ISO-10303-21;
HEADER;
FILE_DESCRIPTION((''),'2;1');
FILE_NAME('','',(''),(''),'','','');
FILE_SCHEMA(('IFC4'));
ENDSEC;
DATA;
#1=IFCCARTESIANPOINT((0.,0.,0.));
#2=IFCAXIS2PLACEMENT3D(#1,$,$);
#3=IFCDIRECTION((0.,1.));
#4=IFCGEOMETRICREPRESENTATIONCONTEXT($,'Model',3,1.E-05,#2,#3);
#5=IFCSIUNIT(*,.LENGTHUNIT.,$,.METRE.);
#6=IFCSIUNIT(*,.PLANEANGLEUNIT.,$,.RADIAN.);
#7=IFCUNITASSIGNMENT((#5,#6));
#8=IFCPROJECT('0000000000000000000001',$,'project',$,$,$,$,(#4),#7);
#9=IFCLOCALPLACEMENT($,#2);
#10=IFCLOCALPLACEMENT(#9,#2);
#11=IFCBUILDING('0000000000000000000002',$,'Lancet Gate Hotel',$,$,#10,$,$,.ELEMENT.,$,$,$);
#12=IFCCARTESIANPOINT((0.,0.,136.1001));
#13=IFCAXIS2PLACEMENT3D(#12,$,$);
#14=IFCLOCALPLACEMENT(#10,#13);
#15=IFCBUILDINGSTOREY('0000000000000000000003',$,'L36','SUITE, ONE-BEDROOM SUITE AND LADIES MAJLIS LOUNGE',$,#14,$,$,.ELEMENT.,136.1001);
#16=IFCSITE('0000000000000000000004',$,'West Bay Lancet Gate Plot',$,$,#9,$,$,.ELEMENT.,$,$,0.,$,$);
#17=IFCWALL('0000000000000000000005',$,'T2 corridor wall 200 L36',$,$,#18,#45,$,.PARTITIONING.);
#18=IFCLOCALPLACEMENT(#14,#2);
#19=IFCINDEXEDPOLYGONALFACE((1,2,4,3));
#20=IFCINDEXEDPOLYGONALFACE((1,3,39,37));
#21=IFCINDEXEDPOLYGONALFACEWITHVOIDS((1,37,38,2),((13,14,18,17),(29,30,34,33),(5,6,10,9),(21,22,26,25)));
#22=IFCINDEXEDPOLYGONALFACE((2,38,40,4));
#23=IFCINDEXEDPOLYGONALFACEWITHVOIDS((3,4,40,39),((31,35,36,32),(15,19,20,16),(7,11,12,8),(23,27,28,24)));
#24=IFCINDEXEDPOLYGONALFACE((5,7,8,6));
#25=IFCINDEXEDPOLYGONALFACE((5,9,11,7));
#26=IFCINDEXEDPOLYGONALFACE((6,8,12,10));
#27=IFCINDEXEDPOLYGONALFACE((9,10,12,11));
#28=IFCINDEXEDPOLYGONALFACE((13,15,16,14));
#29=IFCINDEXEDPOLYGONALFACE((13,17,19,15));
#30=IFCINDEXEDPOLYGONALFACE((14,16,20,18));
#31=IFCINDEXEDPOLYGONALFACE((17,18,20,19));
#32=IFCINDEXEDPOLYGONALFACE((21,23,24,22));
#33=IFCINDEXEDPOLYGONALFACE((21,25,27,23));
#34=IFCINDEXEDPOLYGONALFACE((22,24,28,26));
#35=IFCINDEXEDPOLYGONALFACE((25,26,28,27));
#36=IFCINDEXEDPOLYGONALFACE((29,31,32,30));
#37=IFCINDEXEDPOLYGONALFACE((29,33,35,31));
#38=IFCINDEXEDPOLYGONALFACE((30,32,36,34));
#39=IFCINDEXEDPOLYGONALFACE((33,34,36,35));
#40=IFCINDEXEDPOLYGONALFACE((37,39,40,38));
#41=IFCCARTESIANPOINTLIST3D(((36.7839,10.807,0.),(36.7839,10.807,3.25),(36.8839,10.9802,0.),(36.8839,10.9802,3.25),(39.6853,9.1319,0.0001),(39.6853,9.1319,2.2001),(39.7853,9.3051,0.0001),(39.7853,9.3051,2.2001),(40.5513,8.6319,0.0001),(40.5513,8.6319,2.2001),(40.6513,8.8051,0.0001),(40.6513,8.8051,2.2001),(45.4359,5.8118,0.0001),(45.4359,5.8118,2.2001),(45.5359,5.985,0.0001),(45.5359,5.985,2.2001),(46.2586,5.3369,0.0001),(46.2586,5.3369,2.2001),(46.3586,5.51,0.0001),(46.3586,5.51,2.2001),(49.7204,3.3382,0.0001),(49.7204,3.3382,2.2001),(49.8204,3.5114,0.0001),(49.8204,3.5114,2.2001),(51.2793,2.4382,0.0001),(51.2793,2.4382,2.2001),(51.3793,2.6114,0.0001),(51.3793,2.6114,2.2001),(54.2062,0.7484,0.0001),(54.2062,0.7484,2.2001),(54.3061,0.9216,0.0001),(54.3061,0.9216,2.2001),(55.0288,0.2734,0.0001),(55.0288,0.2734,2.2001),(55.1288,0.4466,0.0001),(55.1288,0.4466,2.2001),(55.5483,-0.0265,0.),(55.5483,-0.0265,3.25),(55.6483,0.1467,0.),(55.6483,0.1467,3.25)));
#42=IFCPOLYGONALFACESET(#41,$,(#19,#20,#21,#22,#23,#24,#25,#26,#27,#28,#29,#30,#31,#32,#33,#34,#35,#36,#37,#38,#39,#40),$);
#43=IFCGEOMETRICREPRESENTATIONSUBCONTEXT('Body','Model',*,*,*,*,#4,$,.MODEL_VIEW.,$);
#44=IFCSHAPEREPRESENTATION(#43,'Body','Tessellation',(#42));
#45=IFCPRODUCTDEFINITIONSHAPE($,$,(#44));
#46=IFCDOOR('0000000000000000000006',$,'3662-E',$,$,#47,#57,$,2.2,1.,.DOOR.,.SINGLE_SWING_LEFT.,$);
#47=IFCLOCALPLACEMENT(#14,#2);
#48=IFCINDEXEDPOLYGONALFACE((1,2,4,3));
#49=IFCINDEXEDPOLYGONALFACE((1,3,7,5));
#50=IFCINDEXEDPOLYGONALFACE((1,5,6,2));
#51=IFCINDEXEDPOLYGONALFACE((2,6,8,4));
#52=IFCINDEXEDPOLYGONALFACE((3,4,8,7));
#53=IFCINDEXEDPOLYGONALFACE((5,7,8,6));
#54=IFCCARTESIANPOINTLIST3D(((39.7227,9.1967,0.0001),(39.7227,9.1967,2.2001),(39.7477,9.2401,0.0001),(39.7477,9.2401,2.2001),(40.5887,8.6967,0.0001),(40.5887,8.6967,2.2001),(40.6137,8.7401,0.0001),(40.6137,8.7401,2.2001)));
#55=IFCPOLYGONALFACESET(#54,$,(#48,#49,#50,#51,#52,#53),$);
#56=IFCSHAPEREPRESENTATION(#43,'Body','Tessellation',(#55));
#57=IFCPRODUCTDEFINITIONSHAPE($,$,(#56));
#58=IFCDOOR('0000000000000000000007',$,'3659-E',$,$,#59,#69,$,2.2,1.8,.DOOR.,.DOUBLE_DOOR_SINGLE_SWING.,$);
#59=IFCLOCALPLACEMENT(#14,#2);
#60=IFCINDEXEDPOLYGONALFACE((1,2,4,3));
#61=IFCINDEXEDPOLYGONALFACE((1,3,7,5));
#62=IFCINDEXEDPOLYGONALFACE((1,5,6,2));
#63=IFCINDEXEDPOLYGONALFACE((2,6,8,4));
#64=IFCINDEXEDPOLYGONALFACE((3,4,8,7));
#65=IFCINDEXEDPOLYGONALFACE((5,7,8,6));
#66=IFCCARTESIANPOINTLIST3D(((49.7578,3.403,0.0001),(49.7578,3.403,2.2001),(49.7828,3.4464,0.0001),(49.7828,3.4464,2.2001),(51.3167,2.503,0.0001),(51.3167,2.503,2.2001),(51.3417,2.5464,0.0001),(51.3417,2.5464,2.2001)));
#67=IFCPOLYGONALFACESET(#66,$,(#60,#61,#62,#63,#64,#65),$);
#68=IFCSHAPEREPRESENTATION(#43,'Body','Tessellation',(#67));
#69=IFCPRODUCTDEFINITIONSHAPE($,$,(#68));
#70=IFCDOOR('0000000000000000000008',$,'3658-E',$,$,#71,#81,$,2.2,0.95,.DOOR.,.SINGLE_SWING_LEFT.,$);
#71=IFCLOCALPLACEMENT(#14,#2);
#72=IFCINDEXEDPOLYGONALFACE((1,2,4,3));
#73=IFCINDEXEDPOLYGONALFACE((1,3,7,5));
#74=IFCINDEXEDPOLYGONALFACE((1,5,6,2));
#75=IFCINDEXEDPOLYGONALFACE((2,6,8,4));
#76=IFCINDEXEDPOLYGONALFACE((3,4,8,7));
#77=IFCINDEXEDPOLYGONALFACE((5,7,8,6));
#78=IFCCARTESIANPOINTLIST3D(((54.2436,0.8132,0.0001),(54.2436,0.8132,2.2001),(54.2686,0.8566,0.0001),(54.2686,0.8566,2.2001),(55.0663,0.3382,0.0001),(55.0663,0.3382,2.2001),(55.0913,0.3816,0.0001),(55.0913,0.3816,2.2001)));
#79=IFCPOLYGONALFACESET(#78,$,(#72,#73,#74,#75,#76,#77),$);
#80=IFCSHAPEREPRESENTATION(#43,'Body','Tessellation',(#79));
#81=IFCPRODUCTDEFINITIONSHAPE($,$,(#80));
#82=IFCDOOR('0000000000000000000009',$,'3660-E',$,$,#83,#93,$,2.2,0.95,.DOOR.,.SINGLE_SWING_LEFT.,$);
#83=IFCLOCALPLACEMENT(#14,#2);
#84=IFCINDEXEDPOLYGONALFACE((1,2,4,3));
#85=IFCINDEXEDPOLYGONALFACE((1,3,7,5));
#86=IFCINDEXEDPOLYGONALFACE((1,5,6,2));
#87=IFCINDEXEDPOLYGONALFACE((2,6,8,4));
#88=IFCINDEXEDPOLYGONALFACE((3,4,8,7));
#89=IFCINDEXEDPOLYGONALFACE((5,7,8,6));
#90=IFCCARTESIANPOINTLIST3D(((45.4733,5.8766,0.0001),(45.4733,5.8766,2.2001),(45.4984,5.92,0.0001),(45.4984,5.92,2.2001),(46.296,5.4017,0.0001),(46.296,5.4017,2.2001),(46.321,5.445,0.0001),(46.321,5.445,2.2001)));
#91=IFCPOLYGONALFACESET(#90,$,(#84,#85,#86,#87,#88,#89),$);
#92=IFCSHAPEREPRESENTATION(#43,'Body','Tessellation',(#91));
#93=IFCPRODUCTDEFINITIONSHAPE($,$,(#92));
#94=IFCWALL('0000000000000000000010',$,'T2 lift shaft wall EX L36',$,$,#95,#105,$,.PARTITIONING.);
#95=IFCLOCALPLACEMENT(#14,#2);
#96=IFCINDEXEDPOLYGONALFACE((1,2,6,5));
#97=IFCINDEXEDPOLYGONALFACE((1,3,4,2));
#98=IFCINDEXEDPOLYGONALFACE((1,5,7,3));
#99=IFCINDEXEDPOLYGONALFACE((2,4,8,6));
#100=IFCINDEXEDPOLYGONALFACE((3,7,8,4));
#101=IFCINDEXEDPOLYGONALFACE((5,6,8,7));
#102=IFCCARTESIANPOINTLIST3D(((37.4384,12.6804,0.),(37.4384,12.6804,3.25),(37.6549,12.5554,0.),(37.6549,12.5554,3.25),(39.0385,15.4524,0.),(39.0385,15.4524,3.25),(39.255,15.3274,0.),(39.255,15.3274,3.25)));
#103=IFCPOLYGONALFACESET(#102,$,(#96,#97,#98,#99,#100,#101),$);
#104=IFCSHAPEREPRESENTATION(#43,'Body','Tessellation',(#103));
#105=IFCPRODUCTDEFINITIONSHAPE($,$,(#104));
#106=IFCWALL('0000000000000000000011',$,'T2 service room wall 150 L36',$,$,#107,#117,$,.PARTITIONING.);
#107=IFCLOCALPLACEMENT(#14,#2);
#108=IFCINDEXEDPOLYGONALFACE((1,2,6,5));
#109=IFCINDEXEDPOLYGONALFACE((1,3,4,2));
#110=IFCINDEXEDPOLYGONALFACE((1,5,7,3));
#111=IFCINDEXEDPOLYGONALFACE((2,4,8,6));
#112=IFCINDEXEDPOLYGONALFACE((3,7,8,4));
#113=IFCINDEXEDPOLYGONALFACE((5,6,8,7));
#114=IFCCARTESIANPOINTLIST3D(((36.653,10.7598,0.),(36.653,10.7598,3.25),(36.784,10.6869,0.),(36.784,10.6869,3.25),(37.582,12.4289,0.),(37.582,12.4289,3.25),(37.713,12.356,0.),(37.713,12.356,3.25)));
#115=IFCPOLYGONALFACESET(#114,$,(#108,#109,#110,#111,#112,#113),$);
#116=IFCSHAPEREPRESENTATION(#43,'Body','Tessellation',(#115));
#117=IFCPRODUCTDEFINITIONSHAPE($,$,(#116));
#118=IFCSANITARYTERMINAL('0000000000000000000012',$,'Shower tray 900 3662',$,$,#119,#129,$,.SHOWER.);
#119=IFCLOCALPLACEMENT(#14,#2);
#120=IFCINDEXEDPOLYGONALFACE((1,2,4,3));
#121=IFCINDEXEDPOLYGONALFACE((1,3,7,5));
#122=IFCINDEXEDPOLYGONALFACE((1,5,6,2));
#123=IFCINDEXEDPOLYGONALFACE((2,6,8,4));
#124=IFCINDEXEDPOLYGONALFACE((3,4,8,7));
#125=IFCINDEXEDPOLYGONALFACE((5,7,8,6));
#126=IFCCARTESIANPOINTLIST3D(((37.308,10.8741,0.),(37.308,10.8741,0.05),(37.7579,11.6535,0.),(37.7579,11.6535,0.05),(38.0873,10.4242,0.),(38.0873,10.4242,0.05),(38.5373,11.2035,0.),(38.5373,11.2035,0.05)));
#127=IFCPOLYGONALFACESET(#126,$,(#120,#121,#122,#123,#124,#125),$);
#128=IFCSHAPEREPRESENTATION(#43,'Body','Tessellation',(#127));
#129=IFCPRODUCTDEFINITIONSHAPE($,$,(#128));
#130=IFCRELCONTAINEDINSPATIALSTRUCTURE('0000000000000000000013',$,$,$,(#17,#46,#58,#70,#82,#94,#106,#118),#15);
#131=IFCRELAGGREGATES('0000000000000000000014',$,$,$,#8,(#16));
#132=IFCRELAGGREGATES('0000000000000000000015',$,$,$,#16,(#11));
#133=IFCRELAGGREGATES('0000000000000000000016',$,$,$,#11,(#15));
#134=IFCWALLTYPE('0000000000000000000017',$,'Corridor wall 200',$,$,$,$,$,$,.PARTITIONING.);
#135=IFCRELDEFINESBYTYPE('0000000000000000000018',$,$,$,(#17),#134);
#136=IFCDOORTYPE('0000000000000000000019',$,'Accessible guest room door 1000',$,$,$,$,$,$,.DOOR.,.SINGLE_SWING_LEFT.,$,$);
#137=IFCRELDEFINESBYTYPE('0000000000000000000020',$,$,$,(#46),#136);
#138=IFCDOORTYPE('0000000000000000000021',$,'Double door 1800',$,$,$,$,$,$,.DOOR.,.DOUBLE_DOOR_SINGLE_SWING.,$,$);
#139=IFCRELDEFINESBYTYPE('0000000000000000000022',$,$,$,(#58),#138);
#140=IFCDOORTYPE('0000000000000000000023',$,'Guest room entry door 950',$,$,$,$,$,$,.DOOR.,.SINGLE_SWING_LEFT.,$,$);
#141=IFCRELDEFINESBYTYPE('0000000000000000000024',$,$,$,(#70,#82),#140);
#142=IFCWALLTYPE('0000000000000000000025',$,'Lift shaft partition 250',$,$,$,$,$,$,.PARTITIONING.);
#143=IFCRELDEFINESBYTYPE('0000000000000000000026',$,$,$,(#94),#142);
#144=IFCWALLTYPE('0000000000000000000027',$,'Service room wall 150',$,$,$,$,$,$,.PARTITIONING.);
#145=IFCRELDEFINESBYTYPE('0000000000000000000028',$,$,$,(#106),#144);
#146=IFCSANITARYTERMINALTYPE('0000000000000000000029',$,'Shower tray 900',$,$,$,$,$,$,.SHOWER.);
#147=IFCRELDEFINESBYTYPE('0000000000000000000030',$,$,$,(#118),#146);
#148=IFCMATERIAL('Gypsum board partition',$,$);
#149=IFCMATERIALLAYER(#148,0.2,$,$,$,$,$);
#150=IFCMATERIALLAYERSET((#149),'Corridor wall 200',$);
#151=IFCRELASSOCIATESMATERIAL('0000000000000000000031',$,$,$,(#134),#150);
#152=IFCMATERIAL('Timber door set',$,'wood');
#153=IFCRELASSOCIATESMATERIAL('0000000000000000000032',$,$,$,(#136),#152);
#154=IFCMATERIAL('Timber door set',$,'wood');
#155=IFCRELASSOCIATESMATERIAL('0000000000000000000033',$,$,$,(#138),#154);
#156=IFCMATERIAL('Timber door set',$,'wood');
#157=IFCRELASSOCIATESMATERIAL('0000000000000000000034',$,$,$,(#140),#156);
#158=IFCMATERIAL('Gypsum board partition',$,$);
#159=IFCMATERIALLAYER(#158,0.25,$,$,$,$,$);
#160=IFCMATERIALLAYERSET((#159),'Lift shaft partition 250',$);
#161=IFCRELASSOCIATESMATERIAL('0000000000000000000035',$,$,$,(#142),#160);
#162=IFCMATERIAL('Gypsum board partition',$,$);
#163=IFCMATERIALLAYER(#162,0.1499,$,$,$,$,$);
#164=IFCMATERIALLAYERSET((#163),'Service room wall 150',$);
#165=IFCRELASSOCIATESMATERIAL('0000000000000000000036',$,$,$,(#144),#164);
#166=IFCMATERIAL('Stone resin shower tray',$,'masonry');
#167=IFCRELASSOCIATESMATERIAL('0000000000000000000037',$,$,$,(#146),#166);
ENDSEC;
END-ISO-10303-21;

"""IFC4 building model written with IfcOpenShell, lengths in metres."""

from ifc_helpers import new_model, si_unit, direction, frame, frame_2d, origin, origin_2d, place, context, subcontext, project, spatial, rectangle, extrude, material, layer, layer_set, type_object, element, fill, save


model = new_model("IFC4")

# Units and contexts
model_context = context("Model", 3, precision=1e-05, world=origin(), true_north=direction((0.0, 1.0)))
body_context = subcontext(model_context, "Body", "Model", "MODEL_VIEW")
ifc_project = project(units=[si_unit("LENGTHUNIT", "METRE"), si_unit("PLANEANGLEUNIT", "RADIAN")], contexts=[model_context])

# Site, building, storey
site_placement = place(None, origin())
site = spatial("IfcSite", under=ifc_project, at=site_placement, Name="West Bay Lancet Gate Plot", CompositionType="ELEMENT", RefElevation=0.0)
building_placement = place(site_placement, origin())
building = spatial("IfcBuilding", under=site, at=building_placement, Name="Lancet Gate Hotel", CompositionType="ELEMENT")
storey_placement = place(building_placement, frame((0.0, 0.0, 136.1001)))
storey = spatial("IfcBuildingStorey", under=building, at=storey_placement, Name="L36", Description="SUITE, ONE-BEDROOM SUITE AND LADIES MAJLIS LOUNGE", CompositionType="ELEMENT", Elevation=136.1001)

# Wall, openings, doors
ifc_material_1 = material(Name="Gypsum board partition")
ifc_layer_1 = layer(ifc_material_1, 0.2)
ifc_layer_set_1 = layer_set([ifc_layer_1], Name="Corridor wall 200")
wall_type_1 = type_object("IfcWallType", Name="Corridor wall 200", PredefinedType="PARTITIONING", material=ifc_layer_set_1)
wall_1_placement = place(storey_placement, frame((36.834, 10.8936, 0.0), z_axis=(0.0, 0.0, 1.0), x_axis=(0.866028, -0.499995, 0.0)))
wall_1 = element("IfcWall", 1, at=wall_1_placement, inside=storey, type_object=wall_type_1, Name="T2 corridor wall 200 L36", PredefinedType="PARTITIONING", context=body_context, shape_type="SweptSolid", body=[
    extrude(rectangle(XDim=21.6672, YDim=0.2, at=frame_2d((10.8335, 0.0))), origin(), (0.0, 0.0, 1.0), 3.25),
])
opening_1_placement = place(wall_1_placement, frame((20.1172, 0.0, 0.0)))
opening_1 = element("IfcOpeningElement", 2, at=opening_1_placement, cuts=wall_1, PredefinedType="OPENING", context=body_context, shape_type="SweptSolid", body=[
    extrude(rectangle(XDim=0.95, YDim=2.2, at=frame_2d((0.4751, 1.1001))), frame((0.0, 0.1099, 0.0), z_axis=(0.0, -1.0, 0.0), x_axis=(1.0, 0.0, 0.0)), (0.0, 0.0, 1.0), 0.22),
])
opening_2_placement = place(wall_1_placement, frame((14.9377, 0.0, 0.0)))
opening_2 = element("IfcOpeningElement", 3, at=opening_2_placement, cuts=wall_1, PredefinedType="OPENING", context=body_context, shape_type="SweptSolid", body=[
    extrude(rectangle(XDim=1.8, YDim=2.2, at=frame_2d((0.8999, 1.1001))), frame((0.0, 0.1099, 0.0), z_axis=(0.0, -1.0, 0.0), x_axis=(1.0, 0.0, 0.0)), (0.0, 0.0, 1.0), 0.22),
])
opening_3_placement = place(wall_1_placement, frame((9.9902, 0.0, 0.0)))
opening_3 = element("IfcOpeningElement", 4, at=opening_3_placement, cuts=wall_1, PredefinedType="OPENING", context=body_context, shape_type="SweptSolid", body=[
    extrude(rectangle(XDim=0.95, YDim=2.2, at=frame_2d((0.4751, 1.1001))), frame((0.0, 0.1099, 0.0), z_axis=(0.0, -1.0, 0.0), x_axis=(1.0, 0.0, 0.0)), (0.0, 0.0, 1.0), 0.22),
])
opening_4_placement = place(wall_1_placement, frame((3.3501, 0.0, 0.0)))
opening_4 = element("IfcOpeningElement", 5, at=opening_4_placement, cuts=wall_1, PredefinedType="OPENING", context=body_context, shape_type="SweptSolid", body=[
    extrude(rectangle(XDim=1.0, YDim=2.2, at=frame_2d((0.5, 1.1001))), frame((0.0, 0.1099, 0.0), z_axis=(0.0, -1.0, 0.0), x_axis=(1.0, 0.0, 0.0)), (0.0, 0.0, 1.0), 0.22),
])
ifc_material_2 = material(Name="Timber door set", Category="wood")
door_type_1 = type_object("IfcDoorType", Name="Accessible guest room door 1000", OperationType="SINGLE_SWING_LEFT", PredefinedType="DOOR", material=ifc_material_2)
door_1_placement = place(opening_4_placement, origin())
door_1 = element("IfcDoor", 6, at=door_1_placement, inside=storey, type_object=door_type_1, Name="3662-E", OperationType="SINGLE_SWING_LEFT", OverallHeight=2.2, OverallWidth=1.0, PredefinedType="DOOR", context=body_context, shape_type="SweptSolid", body=[
    extrude(rectangle(XDim=1.0, YDim=2.2, at=frame_2d((0.5, 1.1001))), frame((0.0, 0.0249, 0.0), z_axis=(0.0, -1.0, 0.0), x_axis=(1.0, 0.0, 0.0)), (0.0, 0.0, 1.0), 0.05),
])
fill(opening_4, door_1)
ifc_material_3 = material(Name="Timber door set", Category="wood")
door_type_2 = type_object("IfcDoorType", Name="Double door 1800", OperationType="DOUBLE_DOOR_SINGLE_SWING", PredefinedType="DOOR", material=ifc_material_3)
door_2_placement = place(opening_2_placement, origin())
door_2 = element("IfcDoor", 7, at=door_2_placement, inside=storey, type_object=door_type_2, Name="3659-E", OperationType="DOUBLE_DOOR_SINGLE_SWING", OverallHeight=2.2, OverallWidth=1.8, PredefinedType="DOOR", context=body_context, shape_type="SweptSolid", body=[
    extrude(rectangle(XDim=1.8, YDim=2.2, at=frame_2d((0.8999, 1.1001))), frame((0.0, 0.0249, 0.0), z_axis=(0.0, -1.0, 0.0), x_axis=(1.0, 0.0, 0.0)), (0.0, 0.0, 1.0), 0.05),
])
fill(opening_2, door_2)
ifc_material_4 = material(Name="Timber door set", Category="wood")
door_type_3 = type_object("IfcDoorType", Name="Guest room entry door 950", OperationType="SINGLE_SWING_LEFT", PredefinedType="DOOR", material=ifc_material_4)
door_3_placement = place(opening_1_placement, origin())
door_3 = element("IfcDoor", 8, at=door_3_placement, inside=storey, type_object=door_type_3, Name="3658-E", OperationType="SINGLE_SWING_LEFT", OverallHeight=2.2, OverallWidth=0.95, PredefinedType="DOOR", context=body_context, shape_type="SweptSolid", body=[
    extrude(rectangle(XDim=0.95, YDim=2.2, at=frame_2d((0.4751, 1.1001))), frame((0.0, 0.0249, 0.0), z_axis=(0.0, -1.0, 0.0), x_axis=(1.0, 0.0, 0.0)), (0.0, 0.0, 1.0), 0.05),
])
fill(opening_1, door_3)
door_4_placement = place(opening_3_placement, origin())
door_4 = element("IfcDoor", 9, at=door_4_placement, inside=storey, type_object=door_type_3, Name="3660-E", OperationType="SINGLE_SWING_LEFT", OverallHeight=2.2, OverallWidth=0.95, PredefinedType="DOOR", context=body_context, shape_type="SweptSolid", body=[
    extrude(rectangle(XDim=0.95, YDim=2.2, at=frame_2d((0.4751, 1.1001))), frame((0.0, 0.0249, 0.0), z_axis=(0.0, -1.0, 0.0), x_axis=(1.0, 0.0, 0.0)), (0.0, 0.0, 1.0), 0.05),
])
fill(opening_3, door_4)

# Walls
ifc_material_5 = material(Name="Gypsum board partition")
ifc_layer_2 = layer(ifc_material_5, 0.25)
ifc_layer_set_2 = layer_set([ifc_layer_2], Name="Lift shaft partition 250")
wall_type_2 = type_object("IfcWallType", Name="Lift shaft partition 250", PredefinedType="PARTITIONING", material=ifc_layer_set_2)
wall_2_placement = place(storey_placement, frame((37.5466, 12.6179, 0.0), z_axis=(0.0, 0.0, 1.0), x_axis=(0.499929, 0.866066, 0.0)))
element("IfcWall", 10, at=wall_2_placement, inside=storey, type_object=wall_type_2, Name="T2 lift shaft wall EX L36", PredefinedType="PARTITIONING", context=body_context, shape_type="SweptSolid", body=[
    extrude(rectangle(XDim=3.2007, YDim=0.25, at=frame_2d((1.6003, 0.0))), origin(), (0.0, 0.0, 1.0), 3.25),
])
ifc_material_6 = material(Name="Gypsum board partition")
ifc_layer_3 = layer(ifc_material_6, 0.1499)
ifc_layer_set_3 = layer_set([ifc_layer_3], Name="Service room wall 150")
wall_type_3 = type_object("IfcWallType", Name="Service room wall 150", PredefinedType="PARTITIONING", material=ifc_layer_set_3)
wall_3_placement = place(storey_placement, frame((36.7185, 10.7234, 0.0), z_axis=(0.0, 0.0, 1.0), x_axis=(0.486348, 0.873765, 0.0)))
element("IfcWall", 11, at=wall_3_placement, inside=storey, type_object=wall_type_3, Name="T2 service room wall 150 L36", PredefinedType="PARTITIONING", context=body_context, shape_type="SweptSolid", body=[
    extrude(rectangle(XDim=1.9102, YDim=0.1499, at=frame_2d((0.9551, 0.0))), origin(), (0.0, 0.0, 1.0), 3.25),
])

# Sanitary terminal
ifc_material_7 = material(Name="Stone resin shower tray", Category="masonry")
sanitary_terminal_type = type_object("IfcSanitaryTerminalType", Name="Shower tray 900", PredefinedType="SHOWER", material=ifc_material_7)
sanitary_terminal_placement = place(storey_placement, frame((37.9226, 11.0388, 0.0), z_axis=(0.0, 0.0, 1.0), x_axis=(-0.866025, 0.5, 0.0)))
element("IfcSanitaryTerminal", 12, at=sanitary_terminal_placement, inside=storey, type_object=sanitary_terminal_type, Name="Shower tray 900 3662", PredefinedType="SHOWER", context=body_context, shape_type="SweptSolid", body=[
    extrude(rectangle(XDim=0.8999, YDim=0.8999, at=origin_2d()), origin(), (0.0, 0.0, 1.0), 0.05),
])

save(model, "model.ifc")
